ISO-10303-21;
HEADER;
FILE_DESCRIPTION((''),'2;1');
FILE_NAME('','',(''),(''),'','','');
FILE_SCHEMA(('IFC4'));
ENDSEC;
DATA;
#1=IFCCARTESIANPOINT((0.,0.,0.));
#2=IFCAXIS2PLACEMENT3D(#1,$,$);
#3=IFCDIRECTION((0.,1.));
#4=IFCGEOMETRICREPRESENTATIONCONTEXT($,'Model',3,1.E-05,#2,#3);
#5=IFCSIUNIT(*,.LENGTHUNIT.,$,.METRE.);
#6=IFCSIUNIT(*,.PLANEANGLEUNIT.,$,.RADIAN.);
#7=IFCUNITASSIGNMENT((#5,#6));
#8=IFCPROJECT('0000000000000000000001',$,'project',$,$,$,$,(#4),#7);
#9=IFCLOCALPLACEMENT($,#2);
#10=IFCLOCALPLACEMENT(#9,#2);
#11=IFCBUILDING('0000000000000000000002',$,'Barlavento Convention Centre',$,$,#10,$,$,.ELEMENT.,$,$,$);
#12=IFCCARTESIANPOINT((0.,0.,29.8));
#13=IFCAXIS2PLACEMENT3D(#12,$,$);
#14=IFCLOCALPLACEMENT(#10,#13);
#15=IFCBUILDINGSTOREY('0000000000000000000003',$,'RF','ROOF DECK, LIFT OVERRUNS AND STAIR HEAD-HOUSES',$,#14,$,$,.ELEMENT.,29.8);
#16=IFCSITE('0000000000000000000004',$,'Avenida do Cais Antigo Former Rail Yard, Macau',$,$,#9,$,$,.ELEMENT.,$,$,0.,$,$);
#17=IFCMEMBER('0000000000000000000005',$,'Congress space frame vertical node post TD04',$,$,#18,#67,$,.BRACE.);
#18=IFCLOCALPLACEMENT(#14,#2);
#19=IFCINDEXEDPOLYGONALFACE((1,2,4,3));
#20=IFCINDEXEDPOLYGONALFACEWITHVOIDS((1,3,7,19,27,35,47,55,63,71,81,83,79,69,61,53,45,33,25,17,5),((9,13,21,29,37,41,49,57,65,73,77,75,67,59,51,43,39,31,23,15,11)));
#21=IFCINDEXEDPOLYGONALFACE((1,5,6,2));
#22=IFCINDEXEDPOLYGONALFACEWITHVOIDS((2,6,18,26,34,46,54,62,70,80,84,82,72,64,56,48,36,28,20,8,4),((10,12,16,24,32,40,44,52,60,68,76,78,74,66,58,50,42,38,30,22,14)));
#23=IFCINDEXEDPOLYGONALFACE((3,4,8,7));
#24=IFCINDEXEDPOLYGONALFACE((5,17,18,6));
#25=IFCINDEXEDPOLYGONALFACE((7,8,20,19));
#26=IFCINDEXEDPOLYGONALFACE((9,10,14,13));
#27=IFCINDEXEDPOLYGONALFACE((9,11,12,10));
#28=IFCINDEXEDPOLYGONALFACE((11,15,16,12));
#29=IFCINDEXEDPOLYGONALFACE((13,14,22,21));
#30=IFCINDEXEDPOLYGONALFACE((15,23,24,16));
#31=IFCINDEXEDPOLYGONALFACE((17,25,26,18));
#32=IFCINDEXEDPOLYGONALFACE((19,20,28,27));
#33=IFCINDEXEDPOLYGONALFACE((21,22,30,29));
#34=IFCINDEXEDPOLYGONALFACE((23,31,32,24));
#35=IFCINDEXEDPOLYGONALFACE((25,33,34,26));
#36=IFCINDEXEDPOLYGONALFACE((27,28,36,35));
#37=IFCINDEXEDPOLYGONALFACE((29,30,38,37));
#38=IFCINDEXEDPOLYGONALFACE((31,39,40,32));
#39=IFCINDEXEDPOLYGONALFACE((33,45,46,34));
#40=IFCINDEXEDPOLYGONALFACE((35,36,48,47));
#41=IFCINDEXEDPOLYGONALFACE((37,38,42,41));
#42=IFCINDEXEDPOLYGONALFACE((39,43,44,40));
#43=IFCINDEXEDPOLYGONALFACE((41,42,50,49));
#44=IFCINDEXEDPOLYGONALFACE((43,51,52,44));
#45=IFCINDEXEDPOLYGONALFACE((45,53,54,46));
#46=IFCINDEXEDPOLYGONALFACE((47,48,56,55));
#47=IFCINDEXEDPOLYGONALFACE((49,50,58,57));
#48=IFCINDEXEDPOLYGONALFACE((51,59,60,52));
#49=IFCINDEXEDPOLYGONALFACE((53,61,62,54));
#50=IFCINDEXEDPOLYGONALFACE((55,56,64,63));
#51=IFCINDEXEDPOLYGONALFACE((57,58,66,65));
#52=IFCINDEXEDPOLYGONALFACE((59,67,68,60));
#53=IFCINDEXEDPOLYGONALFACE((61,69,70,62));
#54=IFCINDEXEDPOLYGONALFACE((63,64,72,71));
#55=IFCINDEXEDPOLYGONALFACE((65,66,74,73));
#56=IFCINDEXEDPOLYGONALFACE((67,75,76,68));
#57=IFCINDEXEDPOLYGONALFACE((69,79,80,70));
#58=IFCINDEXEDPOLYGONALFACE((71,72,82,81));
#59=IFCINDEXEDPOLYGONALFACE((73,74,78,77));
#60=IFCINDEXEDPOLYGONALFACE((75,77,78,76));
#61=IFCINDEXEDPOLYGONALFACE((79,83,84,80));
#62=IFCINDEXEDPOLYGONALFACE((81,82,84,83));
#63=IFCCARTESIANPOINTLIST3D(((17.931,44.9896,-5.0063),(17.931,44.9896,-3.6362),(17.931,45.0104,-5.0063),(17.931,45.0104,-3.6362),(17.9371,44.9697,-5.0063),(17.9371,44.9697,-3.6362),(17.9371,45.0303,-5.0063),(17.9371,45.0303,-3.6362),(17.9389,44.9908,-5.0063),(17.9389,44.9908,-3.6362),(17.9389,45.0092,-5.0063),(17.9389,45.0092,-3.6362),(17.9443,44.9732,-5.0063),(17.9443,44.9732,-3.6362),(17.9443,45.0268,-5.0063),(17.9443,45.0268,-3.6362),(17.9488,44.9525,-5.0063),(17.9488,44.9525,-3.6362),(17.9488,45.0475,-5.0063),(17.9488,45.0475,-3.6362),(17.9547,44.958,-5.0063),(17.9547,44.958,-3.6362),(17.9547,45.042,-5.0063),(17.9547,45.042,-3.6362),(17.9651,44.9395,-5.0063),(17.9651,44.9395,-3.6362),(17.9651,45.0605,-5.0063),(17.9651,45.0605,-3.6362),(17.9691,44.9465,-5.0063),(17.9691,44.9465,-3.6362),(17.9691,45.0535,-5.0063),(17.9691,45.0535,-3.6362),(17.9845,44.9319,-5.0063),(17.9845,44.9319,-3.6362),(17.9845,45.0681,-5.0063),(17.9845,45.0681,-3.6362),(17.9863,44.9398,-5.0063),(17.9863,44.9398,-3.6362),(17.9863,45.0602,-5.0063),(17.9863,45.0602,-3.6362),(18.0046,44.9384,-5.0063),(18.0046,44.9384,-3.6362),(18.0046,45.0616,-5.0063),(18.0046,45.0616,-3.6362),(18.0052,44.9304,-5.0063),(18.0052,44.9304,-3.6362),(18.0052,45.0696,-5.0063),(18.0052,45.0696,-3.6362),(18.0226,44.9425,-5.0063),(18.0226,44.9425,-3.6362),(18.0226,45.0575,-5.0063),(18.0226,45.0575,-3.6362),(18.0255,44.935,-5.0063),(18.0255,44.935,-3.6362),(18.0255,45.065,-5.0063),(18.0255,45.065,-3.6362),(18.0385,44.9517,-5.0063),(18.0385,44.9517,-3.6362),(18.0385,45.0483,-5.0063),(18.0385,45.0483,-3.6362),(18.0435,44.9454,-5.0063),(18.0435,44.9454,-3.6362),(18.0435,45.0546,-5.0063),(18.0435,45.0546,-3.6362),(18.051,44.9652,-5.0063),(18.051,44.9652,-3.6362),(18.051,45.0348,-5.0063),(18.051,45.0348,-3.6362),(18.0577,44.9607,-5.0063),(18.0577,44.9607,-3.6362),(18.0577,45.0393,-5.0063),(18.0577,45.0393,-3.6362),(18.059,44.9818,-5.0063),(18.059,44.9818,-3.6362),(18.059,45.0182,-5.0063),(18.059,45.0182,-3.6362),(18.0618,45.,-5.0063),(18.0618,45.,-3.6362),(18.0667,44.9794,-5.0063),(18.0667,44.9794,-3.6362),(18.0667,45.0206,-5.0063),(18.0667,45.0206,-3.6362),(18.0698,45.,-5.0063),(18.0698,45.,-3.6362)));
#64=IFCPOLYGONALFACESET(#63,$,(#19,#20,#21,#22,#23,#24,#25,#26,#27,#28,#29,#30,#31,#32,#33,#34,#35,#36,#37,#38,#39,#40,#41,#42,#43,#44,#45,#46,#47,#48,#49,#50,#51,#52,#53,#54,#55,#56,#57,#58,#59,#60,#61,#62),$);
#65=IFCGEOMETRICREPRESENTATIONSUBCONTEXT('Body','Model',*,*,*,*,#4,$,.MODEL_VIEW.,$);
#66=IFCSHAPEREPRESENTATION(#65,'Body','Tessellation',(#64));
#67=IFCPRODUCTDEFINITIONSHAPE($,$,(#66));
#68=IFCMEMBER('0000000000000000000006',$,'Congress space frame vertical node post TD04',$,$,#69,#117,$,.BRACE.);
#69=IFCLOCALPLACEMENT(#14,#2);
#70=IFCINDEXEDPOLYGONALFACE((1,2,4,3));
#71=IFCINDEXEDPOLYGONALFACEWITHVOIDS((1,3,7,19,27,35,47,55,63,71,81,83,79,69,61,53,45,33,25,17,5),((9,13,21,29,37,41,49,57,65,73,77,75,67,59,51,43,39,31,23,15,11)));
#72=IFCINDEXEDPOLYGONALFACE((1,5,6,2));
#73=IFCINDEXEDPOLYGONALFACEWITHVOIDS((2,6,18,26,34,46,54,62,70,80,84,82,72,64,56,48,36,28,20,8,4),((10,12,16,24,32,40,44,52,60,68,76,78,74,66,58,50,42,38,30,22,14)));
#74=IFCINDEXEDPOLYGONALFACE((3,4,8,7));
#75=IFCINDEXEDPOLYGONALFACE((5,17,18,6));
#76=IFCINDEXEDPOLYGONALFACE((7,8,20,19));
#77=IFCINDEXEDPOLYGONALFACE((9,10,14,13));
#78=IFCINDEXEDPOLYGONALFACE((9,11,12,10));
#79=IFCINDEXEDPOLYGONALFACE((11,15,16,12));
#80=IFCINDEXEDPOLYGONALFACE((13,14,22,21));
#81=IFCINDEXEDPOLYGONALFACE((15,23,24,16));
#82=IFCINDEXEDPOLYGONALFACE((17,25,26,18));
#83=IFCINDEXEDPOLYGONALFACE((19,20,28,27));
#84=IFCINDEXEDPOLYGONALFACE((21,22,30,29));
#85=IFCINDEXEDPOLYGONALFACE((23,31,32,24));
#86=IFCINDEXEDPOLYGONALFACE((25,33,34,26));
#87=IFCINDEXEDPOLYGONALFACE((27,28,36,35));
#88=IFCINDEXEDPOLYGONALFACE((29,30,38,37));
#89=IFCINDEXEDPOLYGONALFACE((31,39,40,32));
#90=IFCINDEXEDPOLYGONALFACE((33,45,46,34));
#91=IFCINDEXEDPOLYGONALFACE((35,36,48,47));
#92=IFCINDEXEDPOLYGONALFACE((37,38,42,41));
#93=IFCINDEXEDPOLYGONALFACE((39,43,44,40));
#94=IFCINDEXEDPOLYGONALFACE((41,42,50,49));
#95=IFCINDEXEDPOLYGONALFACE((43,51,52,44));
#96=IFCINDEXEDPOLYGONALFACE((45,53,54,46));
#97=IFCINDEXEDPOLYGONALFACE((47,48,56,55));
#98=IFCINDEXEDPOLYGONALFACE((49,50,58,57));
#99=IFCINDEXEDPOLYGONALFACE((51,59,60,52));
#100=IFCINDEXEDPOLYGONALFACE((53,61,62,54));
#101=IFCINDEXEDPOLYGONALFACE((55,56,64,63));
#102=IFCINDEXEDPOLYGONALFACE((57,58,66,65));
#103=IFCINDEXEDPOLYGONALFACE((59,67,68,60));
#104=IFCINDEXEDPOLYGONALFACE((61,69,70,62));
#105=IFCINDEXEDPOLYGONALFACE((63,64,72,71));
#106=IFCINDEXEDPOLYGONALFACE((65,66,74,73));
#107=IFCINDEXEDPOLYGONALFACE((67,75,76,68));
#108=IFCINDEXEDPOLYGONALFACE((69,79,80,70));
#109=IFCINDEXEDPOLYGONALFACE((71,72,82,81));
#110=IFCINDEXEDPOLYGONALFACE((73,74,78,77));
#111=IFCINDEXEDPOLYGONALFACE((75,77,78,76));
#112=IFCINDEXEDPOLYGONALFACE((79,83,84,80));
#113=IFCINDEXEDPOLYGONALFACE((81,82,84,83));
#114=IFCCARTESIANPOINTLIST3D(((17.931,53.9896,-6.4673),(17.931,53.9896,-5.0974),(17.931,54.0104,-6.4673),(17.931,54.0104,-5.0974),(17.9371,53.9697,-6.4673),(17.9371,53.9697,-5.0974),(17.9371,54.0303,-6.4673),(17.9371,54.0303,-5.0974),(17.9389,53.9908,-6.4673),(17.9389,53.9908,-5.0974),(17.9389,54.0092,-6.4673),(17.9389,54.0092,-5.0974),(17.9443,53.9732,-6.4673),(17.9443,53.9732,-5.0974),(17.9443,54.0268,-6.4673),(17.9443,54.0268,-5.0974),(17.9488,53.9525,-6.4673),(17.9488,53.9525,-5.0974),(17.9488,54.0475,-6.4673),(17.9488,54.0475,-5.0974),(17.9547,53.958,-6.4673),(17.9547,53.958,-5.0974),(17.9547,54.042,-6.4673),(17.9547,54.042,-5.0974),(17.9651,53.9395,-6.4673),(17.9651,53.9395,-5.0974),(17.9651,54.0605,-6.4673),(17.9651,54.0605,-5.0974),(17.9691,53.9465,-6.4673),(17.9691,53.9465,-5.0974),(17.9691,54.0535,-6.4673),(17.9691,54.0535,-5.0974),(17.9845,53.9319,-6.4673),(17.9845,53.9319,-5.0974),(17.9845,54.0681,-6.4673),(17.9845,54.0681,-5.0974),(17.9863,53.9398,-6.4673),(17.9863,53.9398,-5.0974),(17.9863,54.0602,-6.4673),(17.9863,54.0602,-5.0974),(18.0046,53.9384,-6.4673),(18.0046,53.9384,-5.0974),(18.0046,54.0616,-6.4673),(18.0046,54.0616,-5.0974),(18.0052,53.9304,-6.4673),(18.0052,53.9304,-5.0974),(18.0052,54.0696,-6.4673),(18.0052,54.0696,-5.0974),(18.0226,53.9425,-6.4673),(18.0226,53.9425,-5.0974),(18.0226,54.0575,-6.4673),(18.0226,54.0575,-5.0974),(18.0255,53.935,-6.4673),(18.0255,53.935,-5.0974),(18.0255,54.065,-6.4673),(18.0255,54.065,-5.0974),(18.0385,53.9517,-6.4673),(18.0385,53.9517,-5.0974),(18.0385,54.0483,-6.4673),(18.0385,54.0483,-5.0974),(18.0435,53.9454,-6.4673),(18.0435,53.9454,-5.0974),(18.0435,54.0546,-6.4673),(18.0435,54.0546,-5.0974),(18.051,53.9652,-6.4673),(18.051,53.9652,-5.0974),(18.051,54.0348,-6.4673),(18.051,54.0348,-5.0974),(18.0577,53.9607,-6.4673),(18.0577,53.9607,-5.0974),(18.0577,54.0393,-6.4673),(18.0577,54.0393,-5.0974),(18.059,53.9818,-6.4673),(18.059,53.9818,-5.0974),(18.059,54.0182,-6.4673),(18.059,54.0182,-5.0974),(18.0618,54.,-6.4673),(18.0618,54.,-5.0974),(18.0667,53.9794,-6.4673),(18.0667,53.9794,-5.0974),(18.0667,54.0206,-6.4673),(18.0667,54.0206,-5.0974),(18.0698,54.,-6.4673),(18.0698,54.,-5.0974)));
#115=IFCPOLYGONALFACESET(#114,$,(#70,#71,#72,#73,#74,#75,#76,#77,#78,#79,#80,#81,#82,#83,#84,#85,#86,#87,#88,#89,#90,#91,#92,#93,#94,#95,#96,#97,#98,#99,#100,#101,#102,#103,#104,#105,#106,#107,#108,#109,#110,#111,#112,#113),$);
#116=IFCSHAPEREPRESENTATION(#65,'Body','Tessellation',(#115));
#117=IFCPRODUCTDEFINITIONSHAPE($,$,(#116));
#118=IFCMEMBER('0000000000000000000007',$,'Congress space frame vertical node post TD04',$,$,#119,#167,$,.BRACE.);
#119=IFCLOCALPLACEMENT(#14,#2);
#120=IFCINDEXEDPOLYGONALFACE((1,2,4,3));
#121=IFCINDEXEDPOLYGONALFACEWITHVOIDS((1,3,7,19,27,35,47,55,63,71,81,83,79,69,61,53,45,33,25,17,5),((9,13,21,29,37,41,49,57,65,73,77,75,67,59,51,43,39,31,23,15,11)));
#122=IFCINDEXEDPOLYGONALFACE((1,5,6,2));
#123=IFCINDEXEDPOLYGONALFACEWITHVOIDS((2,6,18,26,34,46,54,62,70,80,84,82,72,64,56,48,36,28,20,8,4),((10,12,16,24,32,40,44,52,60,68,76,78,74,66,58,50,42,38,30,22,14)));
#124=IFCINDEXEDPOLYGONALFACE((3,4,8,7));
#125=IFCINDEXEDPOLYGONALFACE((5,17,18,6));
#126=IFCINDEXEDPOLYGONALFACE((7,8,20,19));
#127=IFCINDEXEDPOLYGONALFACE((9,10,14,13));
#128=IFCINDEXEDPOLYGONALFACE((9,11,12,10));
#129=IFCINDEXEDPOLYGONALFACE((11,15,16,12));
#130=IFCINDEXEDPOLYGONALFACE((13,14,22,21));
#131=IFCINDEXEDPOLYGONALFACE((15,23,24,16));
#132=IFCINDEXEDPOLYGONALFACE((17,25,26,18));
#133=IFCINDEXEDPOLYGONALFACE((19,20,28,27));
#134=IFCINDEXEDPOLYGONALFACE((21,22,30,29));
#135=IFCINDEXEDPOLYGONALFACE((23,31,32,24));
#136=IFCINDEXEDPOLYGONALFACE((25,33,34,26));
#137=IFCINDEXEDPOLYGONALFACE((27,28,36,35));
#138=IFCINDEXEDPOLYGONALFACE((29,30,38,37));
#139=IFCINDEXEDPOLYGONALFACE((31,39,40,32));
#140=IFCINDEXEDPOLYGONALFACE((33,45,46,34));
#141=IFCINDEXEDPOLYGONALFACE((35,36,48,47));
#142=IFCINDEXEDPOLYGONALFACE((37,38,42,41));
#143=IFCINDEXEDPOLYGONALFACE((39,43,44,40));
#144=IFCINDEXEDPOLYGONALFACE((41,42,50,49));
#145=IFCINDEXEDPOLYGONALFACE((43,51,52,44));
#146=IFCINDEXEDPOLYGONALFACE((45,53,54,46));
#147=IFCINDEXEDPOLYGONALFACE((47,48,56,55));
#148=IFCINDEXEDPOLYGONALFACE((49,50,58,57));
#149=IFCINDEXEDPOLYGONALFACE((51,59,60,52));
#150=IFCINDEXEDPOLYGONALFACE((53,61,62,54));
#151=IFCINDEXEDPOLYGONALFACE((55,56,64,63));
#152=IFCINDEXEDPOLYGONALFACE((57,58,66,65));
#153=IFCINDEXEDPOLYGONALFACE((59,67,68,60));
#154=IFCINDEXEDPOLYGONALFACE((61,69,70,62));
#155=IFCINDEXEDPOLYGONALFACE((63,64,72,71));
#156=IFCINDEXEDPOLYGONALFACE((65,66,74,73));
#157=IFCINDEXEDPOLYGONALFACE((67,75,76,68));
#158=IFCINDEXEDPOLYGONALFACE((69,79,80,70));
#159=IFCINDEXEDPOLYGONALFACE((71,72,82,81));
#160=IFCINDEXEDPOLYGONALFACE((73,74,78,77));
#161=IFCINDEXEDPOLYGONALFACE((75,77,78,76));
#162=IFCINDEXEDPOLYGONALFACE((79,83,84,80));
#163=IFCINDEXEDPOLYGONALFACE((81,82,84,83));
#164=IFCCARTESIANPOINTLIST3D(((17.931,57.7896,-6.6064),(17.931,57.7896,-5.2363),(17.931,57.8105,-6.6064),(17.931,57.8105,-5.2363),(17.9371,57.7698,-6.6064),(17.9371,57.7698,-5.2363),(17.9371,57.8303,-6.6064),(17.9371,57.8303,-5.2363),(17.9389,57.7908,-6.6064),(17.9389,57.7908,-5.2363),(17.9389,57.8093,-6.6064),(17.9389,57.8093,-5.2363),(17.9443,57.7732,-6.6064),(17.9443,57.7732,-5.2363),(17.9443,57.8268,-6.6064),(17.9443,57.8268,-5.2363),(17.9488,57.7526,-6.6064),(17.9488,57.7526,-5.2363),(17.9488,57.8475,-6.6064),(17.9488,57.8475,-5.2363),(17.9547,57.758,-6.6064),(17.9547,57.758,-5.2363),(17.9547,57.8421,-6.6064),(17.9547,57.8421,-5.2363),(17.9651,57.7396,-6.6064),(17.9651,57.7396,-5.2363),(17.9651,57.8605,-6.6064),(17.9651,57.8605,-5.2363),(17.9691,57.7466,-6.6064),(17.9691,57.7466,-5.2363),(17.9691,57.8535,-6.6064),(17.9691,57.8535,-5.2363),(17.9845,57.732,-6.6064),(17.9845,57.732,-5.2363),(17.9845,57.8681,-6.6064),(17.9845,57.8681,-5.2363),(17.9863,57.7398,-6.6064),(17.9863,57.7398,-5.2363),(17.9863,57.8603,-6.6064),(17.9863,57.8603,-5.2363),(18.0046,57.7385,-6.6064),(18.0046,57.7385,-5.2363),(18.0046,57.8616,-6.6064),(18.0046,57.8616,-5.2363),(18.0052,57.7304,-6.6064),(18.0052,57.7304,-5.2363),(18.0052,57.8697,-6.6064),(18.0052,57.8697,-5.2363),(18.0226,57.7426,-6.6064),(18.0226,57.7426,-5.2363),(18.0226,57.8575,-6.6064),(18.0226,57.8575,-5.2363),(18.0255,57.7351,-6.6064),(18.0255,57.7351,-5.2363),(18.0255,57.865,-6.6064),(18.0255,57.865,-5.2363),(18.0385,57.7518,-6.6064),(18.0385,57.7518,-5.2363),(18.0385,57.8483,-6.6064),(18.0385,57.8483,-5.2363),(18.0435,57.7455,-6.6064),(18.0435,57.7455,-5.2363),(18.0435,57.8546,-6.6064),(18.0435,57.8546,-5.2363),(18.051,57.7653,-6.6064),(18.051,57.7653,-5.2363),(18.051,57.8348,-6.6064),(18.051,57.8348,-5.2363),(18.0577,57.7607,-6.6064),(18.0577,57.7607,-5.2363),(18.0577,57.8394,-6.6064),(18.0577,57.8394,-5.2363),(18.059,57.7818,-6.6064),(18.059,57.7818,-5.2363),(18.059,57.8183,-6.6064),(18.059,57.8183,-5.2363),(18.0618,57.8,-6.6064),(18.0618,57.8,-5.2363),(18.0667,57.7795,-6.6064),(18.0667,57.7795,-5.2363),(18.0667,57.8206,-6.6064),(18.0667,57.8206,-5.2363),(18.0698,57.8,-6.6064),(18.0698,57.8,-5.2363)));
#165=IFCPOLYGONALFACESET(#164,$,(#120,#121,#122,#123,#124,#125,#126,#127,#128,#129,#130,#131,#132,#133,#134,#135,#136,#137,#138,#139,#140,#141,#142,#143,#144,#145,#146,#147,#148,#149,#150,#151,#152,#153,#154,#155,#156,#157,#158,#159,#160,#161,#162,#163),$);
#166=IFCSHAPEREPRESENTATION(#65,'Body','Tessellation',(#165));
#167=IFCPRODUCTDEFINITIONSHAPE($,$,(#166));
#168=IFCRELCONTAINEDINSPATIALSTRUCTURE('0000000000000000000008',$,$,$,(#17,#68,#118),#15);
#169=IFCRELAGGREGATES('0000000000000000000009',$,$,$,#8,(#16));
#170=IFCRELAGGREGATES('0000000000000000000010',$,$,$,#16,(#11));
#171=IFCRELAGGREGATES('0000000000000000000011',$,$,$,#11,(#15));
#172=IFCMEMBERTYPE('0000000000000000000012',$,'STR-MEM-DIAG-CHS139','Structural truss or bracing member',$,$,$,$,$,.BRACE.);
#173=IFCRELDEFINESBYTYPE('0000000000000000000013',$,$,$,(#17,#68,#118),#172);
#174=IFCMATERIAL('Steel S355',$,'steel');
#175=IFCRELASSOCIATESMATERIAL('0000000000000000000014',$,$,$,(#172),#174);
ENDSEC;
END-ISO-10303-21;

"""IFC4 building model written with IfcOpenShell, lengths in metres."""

from ifc_helpers import new_model, si_unit, direction, frame, origin, origin_2d, place, context, subcontext, project, spatial, hollow_circle, extrude, material, material_profile, profile_set, type_object, element, save


model = new_model("IFC4")

# Units and contexts
model_context = context("Model", 3, precision=1e-05, world=origin(), true_north=direction((0.0, 1.0)))
body_context = subcontext(model_context, "Body", "Model", "MODEL_VIEW")
ifc_project = project(units=[si_unit("LENGTHUNIT", "METRE"), si_unit("PLANEANGLEUNIT", "RADIAN")], contexts=[model_context])

# Site, building, storey
site_placement = place(None, origin())
site = spatial("IfcSite", under=ifc_project, at=site_placement, Name="Avenida do Cais Antigo Former Rail Yard, Macau", CompositionType="ELEMENT", RefElevation=0.0)
building_placement = place(site_placement, origin())
building = spatial("IfcBuilding", under=site, at=building_placement, Name="Barlavento Convention Centre", CompositionType="ELEMENT")
storey_placement = place(building_placement, frame((0.0, 0.0, 29.8)))
storey = spatial("IfcBuildingStorey", under=building, at=storey_placement, Name="RF", Description="ROOF DECK, LIFT OVERRUNS AND STAIR HEAD-HOUSES", CompositionType="ELEMENT", Elevation=29.8)

# Shared definitions
ifc_material_1 = material(Name="Steel S355", Category="steel")

# Members
ifc_material_profile_1 = material_profile(ifc_material_1, hollow_circle(Radius=0.0698, WallThickness=0.0081, at=origin_2d()), Name="CHS 139.7x8.0")
ifc_profile_set_1 = profile_set([ifc_material_profile_1], Name="Steel S355")
member_type_1 = type_object("IfcMemberType", Name="STR-MEM-DIAG-CHS139", Description="Structural truss or bracing member", PredefinedType="BRACE", material=ifc_profile_set_1)
member_1_placement = place(storey_placement, frame((18.0, 45.0, -5.0063), z_axis=(0.0, 0.0, 1.0), x_axis=(1.0, 0.0, 0.0)))
element("IfcMember", 1, at=member_1_placement, inside=storey, type_object=member_type_1, Name="Congress space frame vertical node post TD04", PredefinedType="BRACE", context=body_context, shape_type="SweptSolid", body=[
    extrude(hollow_circle(Radius=0.0698, WallThickness=0.0081, at=origin_2d()), origin(), (0.0, 0.0, 1.0), 1.3701),
])
member_2_placement = place(storey_placement, frame((18.0, 54.0, -6.4673), z_axis=(0.0, 0.0, 1.0), x_axis=(1.0, 0.0, 0.0)))
element("IfcMember", 2, at=member_2_placement, inside=storey, type_object=member_type_1, Name="Congress space frame vertical node post TD04", PredefinedType="BRACE", context=body_context, shape_type="SweptSolid", body=[
    extrude(hollow_circle(Radius=0.0698, WallThickness=0.0081, at=origin_2d()), origin(), (0.0, 0.0, 1.0), 1.3699),
])
for number, where, z_axis, x_axis, name in (
    (3, (18.0, 57.8, -6.6064), (0.0, 0.0, 1.0), (1.0, 0.0, 0.0), "Congress space frame vertical node post TD04"),
):
    element("IfcMember", number, at=place(storey_placement, frame(where, z_axis=z_axis, x_axis=x_axis)), inside=storey, type_object=member_type_1, Name=name, PredefinedType="BRACE", context=body_context, shape_type="SweptSolid", body=[
        extrude(hollow_circle(Radius=0.0698, WallThickness=0.0081, at=origin_2d()), origin(), (0.0, 0.0, 1.0), 1.3701),
    ])

save(model, "model.ifc")
